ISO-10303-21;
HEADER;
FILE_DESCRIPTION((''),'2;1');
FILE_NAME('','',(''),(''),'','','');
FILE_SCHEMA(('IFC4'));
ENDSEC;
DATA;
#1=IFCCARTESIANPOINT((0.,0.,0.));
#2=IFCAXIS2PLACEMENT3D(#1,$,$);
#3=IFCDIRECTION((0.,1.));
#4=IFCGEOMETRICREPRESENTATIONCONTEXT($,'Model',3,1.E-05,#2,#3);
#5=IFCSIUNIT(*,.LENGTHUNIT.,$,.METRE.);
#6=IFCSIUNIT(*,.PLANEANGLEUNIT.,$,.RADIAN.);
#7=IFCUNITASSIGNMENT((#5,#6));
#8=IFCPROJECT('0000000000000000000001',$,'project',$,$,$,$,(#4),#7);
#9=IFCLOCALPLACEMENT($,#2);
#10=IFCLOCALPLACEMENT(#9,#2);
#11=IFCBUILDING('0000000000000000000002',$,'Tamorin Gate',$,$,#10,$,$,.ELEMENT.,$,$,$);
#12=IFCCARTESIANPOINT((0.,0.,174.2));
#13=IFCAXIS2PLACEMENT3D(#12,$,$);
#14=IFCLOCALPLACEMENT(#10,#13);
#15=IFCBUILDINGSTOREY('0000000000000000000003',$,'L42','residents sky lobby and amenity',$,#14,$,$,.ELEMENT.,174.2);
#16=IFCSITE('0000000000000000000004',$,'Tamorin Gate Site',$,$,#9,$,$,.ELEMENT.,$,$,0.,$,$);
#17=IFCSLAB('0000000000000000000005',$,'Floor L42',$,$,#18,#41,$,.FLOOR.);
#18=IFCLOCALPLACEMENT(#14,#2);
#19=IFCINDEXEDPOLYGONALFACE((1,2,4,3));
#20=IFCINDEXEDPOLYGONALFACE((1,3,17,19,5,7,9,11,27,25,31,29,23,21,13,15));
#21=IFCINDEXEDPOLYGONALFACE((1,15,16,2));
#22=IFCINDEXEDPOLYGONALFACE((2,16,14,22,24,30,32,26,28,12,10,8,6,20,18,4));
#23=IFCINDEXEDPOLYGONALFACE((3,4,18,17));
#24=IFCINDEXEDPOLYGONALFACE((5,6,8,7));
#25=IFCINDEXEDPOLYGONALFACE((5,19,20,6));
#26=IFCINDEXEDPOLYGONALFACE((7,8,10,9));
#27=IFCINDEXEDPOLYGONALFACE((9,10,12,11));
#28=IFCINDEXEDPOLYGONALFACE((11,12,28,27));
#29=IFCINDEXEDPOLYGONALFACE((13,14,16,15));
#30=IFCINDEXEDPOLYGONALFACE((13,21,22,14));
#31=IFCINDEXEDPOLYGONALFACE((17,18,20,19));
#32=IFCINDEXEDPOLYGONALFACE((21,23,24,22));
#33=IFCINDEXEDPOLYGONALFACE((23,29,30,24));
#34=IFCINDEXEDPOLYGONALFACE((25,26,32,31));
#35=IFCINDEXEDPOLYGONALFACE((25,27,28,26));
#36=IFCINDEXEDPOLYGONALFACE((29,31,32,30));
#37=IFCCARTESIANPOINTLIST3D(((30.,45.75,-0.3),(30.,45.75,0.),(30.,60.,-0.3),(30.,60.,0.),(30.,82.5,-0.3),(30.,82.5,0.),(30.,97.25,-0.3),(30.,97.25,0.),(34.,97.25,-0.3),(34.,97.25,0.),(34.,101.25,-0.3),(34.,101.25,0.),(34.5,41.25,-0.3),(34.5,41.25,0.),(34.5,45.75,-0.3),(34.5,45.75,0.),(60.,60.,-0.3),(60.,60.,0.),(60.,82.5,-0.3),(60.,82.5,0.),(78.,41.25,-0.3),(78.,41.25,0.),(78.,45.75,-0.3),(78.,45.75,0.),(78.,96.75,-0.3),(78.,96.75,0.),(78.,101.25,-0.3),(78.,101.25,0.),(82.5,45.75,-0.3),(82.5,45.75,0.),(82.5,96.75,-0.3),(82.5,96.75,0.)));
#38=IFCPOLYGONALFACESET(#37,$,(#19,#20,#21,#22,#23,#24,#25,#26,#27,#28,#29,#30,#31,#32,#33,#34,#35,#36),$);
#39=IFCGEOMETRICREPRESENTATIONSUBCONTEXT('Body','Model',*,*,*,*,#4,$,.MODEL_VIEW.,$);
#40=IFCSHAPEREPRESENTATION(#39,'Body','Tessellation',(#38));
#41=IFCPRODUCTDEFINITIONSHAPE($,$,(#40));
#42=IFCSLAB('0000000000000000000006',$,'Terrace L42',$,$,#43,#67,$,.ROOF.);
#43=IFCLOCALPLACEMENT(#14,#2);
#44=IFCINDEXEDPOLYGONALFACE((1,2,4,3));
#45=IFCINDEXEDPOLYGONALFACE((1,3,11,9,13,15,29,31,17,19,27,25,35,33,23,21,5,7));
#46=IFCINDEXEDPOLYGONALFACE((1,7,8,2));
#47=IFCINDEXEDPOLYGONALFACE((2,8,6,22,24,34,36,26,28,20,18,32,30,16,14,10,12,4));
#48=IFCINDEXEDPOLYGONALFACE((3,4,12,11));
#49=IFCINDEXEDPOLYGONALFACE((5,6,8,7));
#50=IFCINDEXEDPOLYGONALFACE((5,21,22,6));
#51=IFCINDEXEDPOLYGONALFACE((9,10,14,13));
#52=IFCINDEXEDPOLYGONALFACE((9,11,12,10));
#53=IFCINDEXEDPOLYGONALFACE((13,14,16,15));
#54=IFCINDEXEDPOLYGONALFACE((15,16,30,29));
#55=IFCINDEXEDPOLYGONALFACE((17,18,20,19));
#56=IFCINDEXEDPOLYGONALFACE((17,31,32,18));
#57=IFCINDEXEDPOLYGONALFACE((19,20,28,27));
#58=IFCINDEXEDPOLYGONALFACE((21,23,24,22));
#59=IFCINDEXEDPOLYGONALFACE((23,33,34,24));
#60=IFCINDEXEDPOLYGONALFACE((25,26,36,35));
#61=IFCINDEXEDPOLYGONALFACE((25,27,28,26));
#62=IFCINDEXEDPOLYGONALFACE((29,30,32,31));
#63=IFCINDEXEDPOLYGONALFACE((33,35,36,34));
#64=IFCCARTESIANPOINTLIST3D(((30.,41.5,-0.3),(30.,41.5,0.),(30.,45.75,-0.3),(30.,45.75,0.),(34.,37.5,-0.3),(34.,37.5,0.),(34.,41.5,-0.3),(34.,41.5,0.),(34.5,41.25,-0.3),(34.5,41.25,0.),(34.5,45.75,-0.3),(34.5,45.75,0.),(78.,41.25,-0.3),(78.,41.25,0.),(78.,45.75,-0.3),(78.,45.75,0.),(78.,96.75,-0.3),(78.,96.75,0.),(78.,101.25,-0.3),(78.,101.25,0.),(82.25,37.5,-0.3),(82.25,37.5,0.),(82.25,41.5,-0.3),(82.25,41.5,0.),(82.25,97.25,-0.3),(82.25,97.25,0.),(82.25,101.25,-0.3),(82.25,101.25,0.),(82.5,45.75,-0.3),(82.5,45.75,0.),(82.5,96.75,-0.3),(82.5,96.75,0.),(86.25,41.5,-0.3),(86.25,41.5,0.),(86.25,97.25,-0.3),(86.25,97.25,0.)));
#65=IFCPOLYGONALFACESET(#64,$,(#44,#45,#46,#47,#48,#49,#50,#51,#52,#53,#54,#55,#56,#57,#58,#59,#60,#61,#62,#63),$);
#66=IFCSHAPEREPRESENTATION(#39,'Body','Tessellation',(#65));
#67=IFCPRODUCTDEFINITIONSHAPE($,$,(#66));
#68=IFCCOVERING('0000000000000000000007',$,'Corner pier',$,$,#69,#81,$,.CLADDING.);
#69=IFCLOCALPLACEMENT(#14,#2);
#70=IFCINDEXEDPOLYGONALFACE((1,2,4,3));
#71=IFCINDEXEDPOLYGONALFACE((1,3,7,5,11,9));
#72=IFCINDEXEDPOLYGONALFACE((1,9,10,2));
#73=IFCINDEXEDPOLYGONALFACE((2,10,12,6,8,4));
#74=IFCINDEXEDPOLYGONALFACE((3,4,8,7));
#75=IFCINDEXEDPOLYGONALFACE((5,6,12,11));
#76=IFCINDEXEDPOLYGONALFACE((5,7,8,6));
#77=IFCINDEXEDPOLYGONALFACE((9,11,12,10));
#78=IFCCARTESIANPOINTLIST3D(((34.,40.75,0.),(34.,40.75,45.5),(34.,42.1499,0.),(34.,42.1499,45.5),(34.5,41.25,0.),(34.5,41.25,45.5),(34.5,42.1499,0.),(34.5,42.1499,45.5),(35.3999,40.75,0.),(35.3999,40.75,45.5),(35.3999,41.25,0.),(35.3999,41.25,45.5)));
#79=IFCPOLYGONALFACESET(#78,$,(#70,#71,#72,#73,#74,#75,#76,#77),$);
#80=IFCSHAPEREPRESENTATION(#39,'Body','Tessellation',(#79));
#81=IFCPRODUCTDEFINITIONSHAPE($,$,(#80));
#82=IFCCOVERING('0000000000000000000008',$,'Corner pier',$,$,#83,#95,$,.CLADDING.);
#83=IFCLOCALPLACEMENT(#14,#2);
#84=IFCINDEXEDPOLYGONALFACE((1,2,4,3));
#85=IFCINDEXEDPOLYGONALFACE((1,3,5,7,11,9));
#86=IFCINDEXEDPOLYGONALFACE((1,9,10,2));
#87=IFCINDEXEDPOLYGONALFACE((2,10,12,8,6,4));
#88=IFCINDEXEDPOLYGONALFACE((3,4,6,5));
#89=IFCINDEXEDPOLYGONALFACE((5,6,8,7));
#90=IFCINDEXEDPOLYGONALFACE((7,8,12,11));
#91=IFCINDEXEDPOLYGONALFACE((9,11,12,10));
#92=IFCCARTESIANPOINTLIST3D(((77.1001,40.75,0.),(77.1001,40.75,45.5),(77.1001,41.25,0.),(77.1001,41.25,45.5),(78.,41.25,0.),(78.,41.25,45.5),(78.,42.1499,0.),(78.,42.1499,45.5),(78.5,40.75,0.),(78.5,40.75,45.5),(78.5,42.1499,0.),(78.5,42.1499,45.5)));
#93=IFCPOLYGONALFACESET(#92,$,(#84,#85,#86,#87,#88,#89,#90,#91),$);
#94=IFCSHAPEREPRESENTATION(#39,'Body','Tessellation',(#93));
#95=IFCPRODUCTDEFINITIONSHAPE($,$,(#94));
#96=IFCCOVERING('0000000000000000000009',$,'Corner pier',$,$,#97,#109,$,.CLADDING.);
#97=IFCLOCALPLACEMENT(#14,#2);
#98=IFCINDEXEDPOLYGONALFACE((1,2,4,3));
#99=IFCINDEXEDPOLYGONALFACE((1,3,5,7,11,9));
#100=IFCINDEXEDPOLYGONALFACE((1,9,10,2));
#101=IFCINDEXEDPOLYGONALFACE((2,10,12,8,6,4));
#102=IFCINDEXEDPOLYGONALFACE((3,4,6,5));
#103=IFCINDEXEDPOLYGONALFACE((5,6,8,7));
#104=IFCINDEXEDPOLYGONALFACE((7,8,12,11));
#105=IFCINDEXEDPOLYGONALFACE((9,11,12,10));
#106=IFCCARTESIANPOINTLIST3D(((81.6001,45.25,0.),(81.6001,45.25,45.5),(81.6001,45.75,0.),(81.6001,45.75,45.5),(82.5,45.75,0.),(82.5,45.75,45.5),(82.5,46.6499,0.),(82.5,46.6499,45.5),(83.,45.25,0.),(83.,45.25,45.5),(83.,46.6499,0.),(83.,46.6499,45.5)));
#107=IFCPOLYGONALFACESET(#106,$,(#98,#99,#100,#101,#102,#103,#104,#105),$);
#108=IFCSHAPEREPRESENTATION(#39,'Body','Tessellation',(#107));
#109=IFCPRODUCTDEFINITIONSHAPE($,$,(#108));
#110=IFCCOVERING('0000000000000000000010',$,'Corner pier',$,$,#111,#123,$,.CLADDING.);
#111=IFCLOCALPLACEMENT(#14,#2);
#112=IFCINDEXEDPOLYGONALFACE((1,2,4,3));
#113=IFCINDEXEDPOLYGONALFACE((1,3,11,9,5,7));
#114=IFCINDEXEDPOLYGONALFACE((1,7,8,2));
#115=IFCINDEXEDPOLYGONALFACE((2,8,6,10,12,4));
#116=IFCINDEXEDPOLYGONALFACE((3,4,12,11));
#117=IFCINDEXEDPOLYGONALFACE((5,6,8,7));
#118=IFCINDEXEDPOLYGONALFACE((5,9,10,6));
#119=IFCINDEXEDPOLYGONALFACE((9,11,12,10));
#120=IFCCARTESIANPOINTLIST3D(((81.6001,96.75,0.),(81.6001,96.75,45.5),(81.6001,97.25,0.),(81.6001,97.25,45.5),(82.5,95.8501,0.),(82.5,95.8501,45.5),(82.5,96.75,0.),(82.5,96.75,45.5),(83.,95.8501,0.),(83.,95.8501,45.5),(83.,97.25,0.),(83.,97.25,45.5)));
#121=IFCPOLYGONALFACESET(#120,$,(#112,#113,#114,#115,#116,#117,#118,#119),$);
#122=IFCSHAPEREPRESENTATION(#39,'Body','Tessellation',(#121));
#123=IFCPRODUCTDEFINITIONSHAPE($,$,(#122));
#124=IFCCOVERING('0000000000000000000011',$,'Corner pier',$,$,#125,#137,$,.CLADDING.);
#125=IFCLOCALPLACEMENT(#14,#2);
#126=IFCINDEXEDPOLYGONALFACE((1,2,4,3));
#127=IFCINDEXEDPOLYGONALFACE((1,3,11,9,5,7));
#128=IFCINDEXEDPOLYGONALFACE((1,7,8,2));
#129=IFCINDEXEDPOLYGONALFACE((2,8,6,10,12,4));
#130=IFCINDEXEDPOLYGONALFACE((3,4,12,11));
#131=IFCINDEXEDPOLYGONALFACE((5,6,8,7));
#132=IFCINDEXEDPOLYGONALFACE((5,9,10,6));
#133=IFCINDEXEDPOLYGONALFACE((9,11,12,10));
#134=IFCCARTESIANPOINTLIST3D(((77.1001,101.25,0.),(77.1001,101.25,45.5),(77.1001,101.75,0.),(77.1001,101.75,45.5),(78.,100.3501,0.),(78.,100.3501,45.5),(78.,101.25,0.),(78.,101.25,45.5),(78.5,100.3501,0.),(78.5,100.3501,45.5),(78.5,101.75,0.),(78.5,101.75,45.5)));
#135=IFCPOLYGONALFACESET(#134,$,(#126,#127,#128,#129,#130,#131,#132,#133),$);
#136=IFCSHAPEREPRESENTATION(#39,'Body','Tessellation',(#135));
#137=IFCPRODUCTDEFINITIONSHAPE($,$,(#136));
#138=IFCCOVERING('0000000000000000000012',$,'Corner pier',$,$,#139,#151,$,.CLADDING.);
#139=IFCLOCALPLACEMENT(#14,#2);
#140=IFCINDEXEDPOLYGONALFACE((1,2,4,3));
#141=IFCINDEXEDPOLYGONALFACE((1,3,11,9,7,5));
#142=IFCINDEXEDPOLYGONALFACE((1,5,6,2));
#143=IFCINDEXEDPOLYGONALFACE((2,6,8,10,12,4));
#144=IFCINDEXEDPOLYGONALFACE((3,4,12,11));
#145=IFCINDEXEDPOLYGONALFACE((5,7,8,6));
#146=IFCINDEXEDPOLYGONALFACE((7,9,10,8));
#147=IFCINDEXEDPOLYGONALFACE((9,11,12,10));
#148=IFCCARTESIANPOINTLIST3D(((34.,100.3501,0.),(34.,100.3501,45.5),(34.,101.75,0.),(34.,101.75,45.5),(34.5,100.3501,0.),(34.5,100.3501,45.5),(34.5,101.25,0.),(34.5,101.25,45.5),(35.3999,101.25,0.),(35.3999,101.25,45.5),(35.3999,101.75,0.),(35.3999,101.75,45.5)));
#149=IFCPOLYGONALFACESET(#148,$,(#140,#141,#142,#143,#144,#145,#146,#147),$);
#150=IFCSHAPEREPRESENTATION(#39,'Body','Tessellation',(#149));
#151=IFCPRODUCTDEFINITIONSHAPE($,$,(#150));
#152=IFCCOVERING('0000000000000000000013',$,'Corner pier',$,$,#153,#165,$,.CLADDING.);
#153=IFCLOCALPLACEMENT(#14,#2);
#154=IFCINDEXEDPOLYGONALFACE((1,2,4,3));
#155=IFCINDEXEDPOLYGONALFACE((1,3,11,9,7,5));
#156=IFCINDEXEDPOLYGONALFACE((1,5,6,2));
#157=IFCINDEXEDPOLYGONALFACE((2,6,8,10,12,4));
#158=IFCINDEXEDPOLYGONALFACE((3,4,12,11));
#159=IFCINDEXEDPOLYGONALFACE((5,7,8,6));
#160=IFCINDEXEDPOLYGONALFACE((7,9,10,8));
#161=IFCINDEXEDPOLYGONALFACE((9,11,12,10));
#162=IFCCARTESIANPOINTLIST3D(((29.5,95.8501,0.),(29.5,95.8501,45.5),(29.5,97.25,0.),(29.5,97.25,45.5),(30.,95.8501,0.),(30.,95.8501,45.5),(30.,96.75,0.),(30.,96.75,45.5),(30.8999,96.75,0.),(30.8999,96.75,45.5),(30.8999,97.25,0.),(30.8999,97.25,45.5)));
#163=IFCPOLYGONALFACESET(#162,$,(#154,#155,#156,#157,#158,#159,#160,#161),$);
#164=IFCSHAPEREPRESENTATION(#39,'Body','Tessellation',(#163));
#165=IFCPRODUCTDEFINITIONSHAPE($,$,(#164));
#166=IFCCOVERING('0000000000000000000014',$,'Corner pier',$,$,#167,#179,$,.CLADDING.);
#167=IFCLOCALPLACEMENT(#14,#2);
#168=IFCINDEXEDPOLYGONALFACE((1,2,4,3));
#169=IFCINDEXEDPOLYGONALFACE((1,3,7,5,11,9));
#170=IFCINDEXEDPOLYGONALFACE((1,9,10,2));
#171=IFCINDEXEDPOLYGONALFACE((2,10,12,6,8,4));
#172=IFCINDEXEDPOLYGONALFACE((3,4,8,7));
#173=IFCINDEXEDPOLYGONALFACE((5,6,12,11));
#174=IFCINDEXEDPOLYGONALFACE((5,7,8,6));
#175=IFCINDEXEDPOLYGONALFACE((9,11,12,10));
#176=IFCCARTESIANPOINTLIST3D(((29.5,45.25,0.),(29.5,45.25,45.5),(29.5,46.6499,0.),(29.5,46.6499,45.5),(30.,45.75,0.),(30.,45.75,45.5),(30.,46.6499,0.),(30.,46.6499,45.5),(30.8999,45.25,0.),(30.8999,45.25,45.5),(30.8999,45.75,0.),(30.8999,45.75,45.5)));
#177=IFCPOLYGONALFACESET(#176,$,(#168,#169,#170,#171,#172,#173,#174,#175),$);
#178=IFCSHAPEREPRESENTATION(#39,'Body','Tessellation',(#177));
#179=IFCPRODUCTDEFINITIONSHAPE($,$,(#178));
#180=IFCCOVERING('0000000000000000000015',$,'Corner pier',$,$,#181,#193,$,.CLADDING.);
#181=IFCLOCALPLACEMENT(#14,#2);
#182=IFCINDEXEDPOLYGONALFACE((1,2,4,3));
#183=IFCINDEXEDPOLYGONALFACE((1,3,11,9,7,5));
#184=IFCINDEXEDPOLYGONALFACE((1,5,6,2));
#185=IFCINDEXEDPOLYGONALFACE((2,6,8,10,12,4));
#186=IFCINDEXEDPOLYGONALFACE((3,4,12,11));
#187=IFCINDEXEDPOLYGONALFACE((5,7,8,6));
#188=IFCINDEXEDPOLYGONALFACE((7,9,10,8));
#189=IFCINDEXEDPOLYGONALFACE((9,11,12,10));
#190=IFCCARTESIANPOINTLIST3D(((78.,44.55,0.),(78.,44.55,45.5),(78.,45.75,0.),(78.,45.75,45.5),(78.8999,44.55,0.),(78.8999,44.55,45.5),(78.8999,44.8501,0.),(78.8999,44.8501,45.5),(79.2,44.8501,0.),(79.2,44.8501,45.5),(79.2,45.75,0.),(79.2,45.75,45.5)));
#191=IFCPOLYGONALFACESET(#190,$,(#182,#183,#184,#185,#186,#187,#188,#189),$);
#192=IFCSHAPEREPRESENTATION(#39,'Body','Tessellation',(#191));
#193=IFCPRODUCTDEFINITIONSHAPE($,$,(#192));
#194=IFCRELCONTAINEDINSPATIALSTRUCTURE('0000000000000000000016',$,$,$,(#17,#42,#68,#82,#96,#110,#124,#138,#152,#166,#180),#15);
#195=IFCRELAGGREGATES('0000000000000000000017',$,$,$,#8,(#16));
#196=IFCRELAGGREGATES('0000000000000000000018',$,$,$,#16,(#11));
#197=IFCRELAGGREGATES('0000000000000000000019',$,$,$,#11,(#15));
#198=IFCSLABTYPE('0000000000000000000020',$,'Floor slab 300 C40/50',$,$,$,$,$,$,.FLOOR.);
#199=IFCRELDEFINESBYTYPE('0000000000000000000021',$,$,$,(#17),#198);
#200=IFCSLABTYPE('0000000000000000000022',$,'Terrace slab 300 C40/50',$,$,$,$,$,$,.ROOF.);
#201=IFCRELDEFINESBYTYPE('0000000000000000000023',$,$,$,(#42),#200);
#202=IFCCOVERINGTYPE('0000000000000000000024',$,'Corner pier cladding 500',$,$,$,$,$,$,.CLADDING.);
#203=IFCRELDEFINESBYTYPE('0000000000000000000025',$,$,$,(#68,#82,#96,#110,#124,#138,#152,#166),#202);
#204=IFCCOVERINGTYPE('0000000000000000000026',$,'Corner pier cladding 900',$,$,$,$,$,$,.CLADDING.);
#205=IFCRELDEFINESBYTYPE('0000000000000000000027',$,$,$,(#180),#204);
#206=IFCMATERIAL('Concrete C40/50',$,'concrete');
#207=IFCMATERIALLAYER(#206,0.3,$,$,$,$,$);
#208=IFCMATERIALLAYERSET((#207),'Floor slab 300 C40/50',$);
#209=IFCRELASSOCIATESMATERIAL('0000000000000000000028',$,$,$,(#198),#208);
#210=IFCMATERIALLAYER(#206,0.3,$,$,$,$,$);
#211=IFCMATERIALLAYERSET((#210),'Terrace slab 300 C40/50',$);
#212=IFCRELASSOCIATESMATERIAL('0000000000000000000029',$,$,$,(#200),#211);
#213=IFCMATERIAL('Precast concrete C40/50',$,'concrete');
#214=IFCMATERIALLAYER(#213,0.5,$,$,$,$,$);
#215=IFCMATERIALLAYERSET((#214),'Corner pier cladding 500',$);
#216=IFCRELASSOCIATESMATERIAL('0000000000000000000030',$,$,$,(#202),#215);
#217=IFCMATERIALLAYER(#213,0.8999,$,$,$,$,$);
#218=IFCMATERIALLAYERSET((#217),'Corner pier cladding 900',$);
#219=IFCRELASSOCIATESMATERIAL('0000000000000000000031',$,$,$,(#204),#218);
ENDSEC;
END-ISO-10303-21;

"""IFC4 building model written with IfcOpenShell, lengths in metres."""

from ifc_helpers import new_model, si_unit, direction, frame, origin, place, context, subcontext, project, spatial, polyline, outline, extrude, material, layer, layer_set, type_object, element, save


model = new_model("IFC4")

# Units and contexts
model_context = context("Model", 3, precision=1e-05, world=origin(), true_north=direction((0.0, 1.0)))
body_context = subcontext(model_context, "Body", "Model", "MODEL_VIEW")
ifc_project = project(units=[si_unit("LENGTHUNIT", "METRE"), si_unit("PLANEANGLEUNIT", "RADIAN")], contexts=[model_context])

# Site, building, storey
site_placement = place(None, origin())
site = spatial("IfcSite", under=ifc_project, at=site_placement, Name="Tamorin Gate Site", CompositionType="ELEMENT", RefElevation=0.0)
building_placement = place(site_placement, origin())
building = spatial("IfcBuilding", under=site, at=building_placement, Name="Tamorin Gate", CompositionType="ELEMENT")
storey_placement = place(building_placement, frame((0.0, 0.0, 174.2)))
storey = spatial("IfcBuildingStorey", under=building, at=storey_placement, Name="L42", Description="residents sky lobby and amenity", CompositionType="ELEMENT", Elevation=174.2)

# Slabs
ifc_material_1 = material(Name="Concrete C40/50", Category="concrete")
ifc_layer_1 = layer(ifc_material_1, 0.3)
ifc_layer_set_1 = layer_set([ifc_layer_1], Name="Floor slab 300 C40/50")
slab_type_1 = type_object("IfcSlabType", Name="Floor slab 300 C40/50", PredefinedType="FLOOR", material=ifc_layer_set_1)
slab_1_placement = place(storey_placement, frame((0.0, 0.0, -0.3)))
element("IfcSlab", 1, at=slab_1_placement, inside=storey, type_object=slab_type_1, Name="Floor L42", PredefinedType="FLOOR", context=body_context, shape_type="SweptSolid", body=[
    extrude(outline(polyline([(78.0, 96.75), (82.5, 96.75), (82.5, 45.75), (78.0, 45.75), (78.0, 41.25), (34.5, 41.25), (34.5, 45.75), (30.0, 45.75), (30.0, 60.0), (60.0, 60.0), (60.0, 82.5), (30.0, 82.5), (30.0, 97.25), (34.0, 97.25), (34.0, 101.25), (78.0, 101.25), (78.0, 96.75)])), origin(), (0.0, 0.0, 1.0), 0.3),
])
ifc_layer_2 = layer(ifc_material_1, 0.3)
ifc_layer_set_2 = layer_set([ifc_layer_2], Name="Terrace slab 300 C40/50")
slab_type_2 = type_object("IfcSlabType", Name="Terrace slab 300 C40/50", PredefinedType="ROOF", material=ifc_layer_set_2)
slab_2_placement = place(storey_placement, frame((0.0, 0.0, -0.3)))
element("IfcSlab", 2, at=slab_2_placement, inside=storey, type_object=slab_type_2, Name="Terrace L42", PredefinedType="ROOF", context=body_context, shape_type="SweptSolid", body=[
    extrude(outline(polyline([(82.25, 101.25), (82.25, 97.25), (86.25, 97.25), (86.25, 41.5), (82.25, 41.5), (82.25, 37.5), (34.0, 37.5), (34.0, 41.5), (30.0, 41.5), (30.0, 45.75), (34.5, 45.75), (34.5, 41.25), (78.0, 41.25), (78.0, 45.75), (82.5, 45.75), (82.5, 96.75), (78.0, 96.75), (78.0, 101.25), (82.25, 101.25)])), origin(), (0.0, 0.0, 1.0), 0.3),
])

# Coverings
ifc_material_2 = material(Name="Precast concrete C40/50", Category="concrete")
ifc_layer_3 = layer(ifc_material_2, 0.5)
ifc_layer_set_3 = layer_set([ifc_layer_3], Name="Corner pier cladding 500")
covering_type_1 = type_object("IfcCoveringType", Name="Corner pier cladding 500", PredefinedType="CLADDING", material=ifc_layer_set_3)
covering_1_placement = place(storey_placement, origin())
element("IfcCovering", 3, at=covering_1_placement, inside=storey, type_object=covering_type_1, Name="Corner pier", PredefinedType="CLADDING", context=body_context, shape_type="SweptSolid", body=[
    extrude(outline(polyline([(34.0, 40.75), (34.0, 42.1499), (34.5, 42.1499), (34.5, 41.25), (35.3999, 41.25), (35.3999, 40.75), (34.0, 40.75)])), origin(), (0.0, 0.0, 1.0), 45.5),
])
covering_2_placement = place(storey_placement, origin())
element("IfcCovering", 4, at=covering_2_placement, inside=storey, type_object=covering_type_1, Name="Corner pier", PredefinedType="CLADDING", context=body_context, shape_type="SweptSolid", body=[
    extrude(outline(polyline([(78.5, 40.75), (77.1001, 40.75), (77.1001, 41.25), (78.0, 41.25), (78.0, 42.1499), (78.5, 42.1499), (78.5, 40.75)])), origin(), (0.0, 0.0, 1.0), 45.5),
])
covering_3_placement = place(storey_placement, origin())
element("IfcCovering", 5, at=covering_3_placement, inside=storey, type_object=covering_type_1, Name="Corner pier", PredefinedType="CLADDING", context=body_context, shape_type="SweptSolid", body=[
    extrude(outline(polyline([(83.0, 45.25), (81.6001, 45.25), (81.6001, 45.75), (82.5, 45.75), (82.5, 46.6499), (83.0, 46.6499), (83.0, 45.25)])), origin(), (0.0, 0.0, 1.0), 45.5),
])
covering_4_placement = place(storey_placement, origin())
element("IfcCovering", 6, at=covering_4_placement, inside=storey, type_object=covering_type_1, Name="Corner pier", PredefinedType="CLADDING", context=body_context, shape_type="SweptSolid", body=[
    extrude(outline(polyline([(83.0, 97.25), (83.0, 95.8501), (82.5, 95.8501), (82.5, 96.75), (81.6001, 96.75), (81.6001, 97.25), (83.0, 97.25)])), origin(), (0.0, 0.0, 1.0), 45.5),
])
covering_5_placement = place(storey_placement, origin())
element("IfcCovering", 7, at=covering_5_placement, inside=storey, type_object=covering_type_1, Name="Corner pier", PredefinedType="CLADDING", context=body_context, shape_type="SweptSolid", body=[
    extrude(outline(polyline([(78.5, 101.75), (78.5, 100.3501), (78.0, 100.3501), (78.0, 101.25), (77.1001, 101.25), (77.1001, 101.75), (78.5, 101.75)])), origin(), (0.0, 0.0, 1.0), 45.5),
])
covering_6_placement = place(storey_placement, origin())
element("IfcCovering", 8, at=covering_6_placement, inside=storey, type_object=covering_type_1, Name="Corner pier", PredefinedType="CLADDING", context=body_context, shape_type="SweptSolid", body=[
    extrude(outline(polyline([(34.0, 101.75), (35.3999, 101.75), (35.3999, 101.25), (34.5, 101.25), (34.5, 100.3501), (34.0, 100.3501), (34.0, 101.75)])), origin(), (0.0, 0.0, 1.0), 45.5),
])
covering_7_placement = place(storey_placement, origin())
element("IfcCovering", 9, at=covering_7_placement, inside=storey, type_object=covering_type_1, Name="Corner pier", PredefinedType="CLADDING", context=body_context, shape_type="SweptSolid", body=[
    extrude(outline(polyline([(29.5, 97.25), (30.8999, 97.25), (30.8999, 96.75), (30.0, 96.75), (30.0, 95.8501), (29.5, 95.8501), (29.5, 97.25)])), origin(), (0.0, 0.0, 1.0), 45.5),
])
covering_8_placement = place(storey_placement, origin())
element("IfcCovering", 10, at=covering_8_placement, inside=storey, type_object=covering_type_1, Name="Corner pier", PredefinedType="CLADDING", context=body_context, shape_type="SweptSolid", body=[
    extrude(outline(polyline([(29.5, 45.25), (29.5, 46.6499), (30.0, 46.6499), (30.0, 45.75), (30.8999, 45.75), (30.8999, 45.25), (29.5, 45.25)])), origin(), (0.0, 0.0, 1.0), 45.5),
])
ifc_layer_4 = layer(ifc_material_2, 0.8999)
ifc_layer_set_4 = layer_set([ifc_layer_4], Name="Corner pier cladding 900")
covering_type_2 = type_object("IfcCoveringType", Name="Corner pier cladding 900", PredefinedType="CLADDING", material=ifc_layer_set_4)
covering_9_placement = place(storey_placement, origin())
element("IfcCovering", 11, at=covering_9_placement, inside=storey, type_object=covering_type_2, Name="Corner pier", PredefinedType="CLADDING", context=body_context, shape_type="SweptSolid", body=[
    extrude(outline(polyline([(78.8999, 44.8501), (78.8999, 44.55), (78.0, 44.55), (78.0, 45.75), (79.2, 45.75), (79.2, 44.8501), (78.8999, 44.8501)])), origin(), (0.0, 0.0, 1.0), 45.5),
])

save(model, "model.ifc")
